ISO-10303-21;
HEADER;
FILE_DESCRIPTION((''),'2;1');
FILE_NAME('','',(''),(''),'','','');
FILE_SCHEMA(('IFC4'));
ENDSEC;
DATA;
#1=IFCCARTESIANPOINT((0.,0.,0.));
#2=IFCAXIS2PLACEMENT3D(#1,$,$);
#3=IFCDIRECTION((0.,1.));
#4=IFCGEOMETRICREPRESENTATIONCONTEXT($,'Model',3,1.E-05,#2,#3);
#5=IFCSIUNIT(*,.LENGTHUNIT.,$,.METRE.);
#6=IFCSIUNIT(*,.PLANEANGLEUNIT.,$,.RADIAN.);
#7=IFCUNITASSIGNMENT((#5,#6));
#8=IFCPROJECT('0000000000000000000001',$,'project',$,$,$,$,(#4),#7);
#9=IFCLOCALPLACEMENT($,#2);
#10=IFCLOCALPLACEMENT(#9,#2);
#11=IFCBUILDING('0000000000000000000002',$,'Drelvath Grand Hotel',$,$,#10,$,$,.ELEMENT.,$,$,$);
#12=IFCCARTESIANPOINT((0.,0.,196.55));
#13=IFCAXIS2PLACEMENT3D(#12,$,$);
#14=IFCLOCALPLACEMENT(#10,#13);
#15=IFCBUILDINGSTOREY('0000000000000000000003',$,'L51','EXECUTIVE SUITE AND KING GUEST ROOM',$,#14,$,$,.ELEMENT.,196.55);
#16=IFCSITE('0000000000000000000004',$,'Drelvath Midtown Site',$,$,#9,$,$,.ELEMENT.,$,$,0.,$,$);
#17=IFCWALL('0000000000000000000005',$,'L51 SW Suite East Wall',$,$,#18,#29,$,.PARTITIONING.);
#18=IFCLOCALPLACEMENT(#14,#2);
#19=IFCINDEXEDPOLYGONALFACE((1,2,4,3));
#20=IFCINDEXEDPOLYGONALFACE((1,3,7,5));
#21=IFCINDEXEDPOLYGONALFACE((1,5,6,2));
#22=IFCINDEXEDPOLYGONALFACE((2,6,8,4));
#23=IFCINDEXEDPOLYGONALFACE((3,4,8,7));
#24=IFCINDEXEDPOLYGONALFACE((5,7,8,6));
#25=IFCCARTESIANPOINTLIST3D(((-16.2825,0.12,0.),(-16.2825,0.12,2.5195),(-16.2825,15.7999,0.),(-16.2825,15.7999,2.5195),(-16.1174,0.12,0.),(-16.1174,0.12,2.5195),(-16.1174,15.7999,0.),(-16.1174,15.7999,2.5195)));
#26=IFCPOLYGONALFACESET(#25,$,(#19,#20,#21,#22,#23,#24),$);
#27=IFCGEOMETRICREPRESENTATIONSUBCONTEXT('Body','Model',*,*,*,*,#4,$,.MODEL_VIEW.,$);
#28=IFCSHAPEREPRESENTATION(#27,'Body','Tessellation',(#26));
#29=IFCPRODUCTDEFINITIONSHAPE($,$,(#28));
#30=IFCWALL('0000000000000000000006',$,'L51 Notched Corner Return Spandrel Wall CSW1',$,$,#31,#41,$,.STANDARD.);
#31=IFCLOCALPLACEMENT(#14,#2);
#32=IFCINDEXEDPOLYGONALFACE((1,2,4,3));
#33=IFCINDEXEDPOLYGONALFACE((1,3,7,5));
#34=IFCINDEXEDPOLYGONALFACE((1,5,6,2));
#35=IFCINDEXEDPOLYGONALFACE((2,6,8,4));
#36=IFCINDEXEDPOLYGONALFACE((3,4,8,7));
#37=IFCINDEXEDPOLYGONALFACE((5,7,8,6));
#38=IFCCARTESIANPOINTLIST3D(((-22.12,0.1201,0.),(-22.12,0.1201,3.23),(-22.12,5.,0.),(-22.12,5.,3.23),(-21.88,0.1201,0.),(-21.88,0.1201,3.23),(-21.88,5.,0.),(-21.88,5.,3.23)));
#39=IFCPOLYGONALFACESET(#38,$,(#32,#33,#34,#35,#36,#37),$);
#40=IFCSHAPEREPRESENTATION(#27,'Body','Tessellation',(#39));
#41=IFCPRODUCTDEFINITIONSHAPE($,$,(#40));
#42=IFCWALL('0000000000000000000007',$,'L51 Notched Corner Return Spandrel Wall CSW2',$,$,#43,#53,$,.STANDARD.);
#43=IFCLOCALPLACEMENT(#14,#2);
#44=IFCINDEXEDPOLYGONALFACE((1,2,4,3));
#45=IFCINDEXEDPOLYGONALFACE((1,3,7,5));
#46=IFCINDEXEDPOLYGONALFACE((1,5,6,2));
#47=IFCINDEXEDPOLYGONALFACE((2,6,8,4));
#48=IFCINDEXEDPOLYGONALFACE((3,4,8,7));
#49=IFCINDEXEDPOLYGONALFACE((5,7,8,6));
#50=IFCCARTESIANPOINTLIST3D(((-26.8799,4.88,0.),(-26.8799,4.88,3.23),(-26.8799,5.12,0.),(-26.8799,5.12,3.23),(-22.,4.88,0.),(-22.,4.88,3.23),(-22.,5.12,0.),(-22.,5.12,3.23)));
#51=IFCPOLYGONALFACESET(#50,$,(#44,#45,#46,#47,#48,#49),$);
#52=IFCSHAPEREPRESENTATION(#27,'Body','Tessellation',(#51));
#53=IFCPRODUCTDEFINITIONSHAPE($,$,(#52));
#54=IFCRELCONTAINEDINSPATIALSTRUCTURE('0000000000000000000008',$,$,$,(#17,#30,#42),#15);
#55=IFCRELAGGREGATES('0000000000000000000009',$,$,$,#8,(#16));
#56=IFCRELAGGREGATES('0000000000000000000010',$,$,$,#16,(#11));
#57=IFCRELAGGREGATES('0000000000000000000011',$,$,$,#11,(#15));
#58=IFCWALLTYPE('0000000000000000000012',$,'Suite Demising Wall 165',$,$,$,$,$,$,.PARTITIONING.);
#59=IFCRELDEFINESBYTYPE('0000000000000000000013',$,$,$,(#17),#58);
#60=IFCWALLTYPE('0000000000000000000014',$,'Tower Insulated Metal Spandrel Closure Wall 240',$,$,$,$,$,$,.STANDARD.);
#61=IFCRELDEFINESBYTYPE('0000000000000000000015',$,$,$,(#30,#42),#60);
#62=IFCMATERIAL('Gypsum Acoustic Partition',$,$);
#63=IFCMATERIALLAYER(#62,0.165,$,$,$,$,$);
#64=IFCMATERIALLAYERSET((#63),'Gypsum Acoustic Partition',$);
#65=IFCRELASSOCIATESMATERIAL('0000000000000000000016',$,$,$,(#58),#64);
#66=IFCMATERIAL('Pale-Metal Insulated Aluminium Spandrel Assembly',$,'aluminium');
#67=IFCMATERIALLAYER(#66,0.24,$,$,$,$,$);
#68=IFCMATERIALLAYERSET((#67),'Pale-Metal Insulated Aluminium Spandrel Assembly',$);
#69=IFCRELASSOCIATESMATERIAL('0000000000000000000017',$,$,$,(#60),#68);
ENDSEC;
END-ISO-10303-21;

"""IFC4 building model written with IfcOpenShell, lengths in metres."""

from ifc_helpers import new_model, si_unit, direction, frame, frame_2d, origin, place, context, subcontext, project, spatial, rectangle, extrude, material, layer, layer_set, type_object, element, save


model = new_model("IFC4")

# Units and contexts
model_context = context("Model", 3, precision=1e-05, world=origin(), true_north=direction((0.0, 1.0)))
body_context = subcontext(model_context, "Body", "Model", "MODEL_VIEW")
ifc_project = project(units=[si_unit("LENGTHUNIT", "METRE"), si_unit("PLANEANGLEUNIT", "RADIAN")], contexts=[model_context])

# Site, building, storey
site_placement = place(None, origin())
site = spatial("IfcSite", under=ifc_project, at=site_placement, Name="Drelvath Midtown Site", CompositionType="ELEMENT", RefElevation=0.0)
building_placement = place(site_placement, origin())
building = spatial("IfcBuilding", under=site, at=building_placement, Name="Drelvath Grand Hotel", CompositionType="ELEMENT")
storey_placement = place(building_placement, frame((0.0, 0.0, 196.55)))
storey = spatial("IfcBuildingStorey", under=building, at=storey_placement, Name="L51", Description="EXECUTIVE SUITE AND KING GUEST ROOM", CompositionType="ELEMENT", Elevation=196.55)

# Walls
ifc_material_1 = material(Name="Gypsum Acoustic Partition")
ifc_layer_1 = layer(ifc_material_1, 0.165)
ifc_layer_set_1 = layer_set([ifc_layer_1], Name="Gypsum Acoustic Partition")
wall_type_1 = type_object("IfcWallType", Name="Suite Demising Wall 165", PredefinedType="PARTITIONING", material=ifc_layer_set_1)
wall_placement = place(storey_placement, frame((-16.2, 0.1201, 0.0), z_axis=(0.0, 0.0, 1.0), x_axis=(0.0, 1.0, 0.0)))
element("IfcWall", 1, at=wall_placement, inside=storey, type_object=wall_type_1, Name="L51 SW Suite East Wall", PredefinedType="PARTITIONING", context=body_context, shape_type="SweptSolid", body=[
    extrude(rectangle(XDim=15.6799, YDim=0.165, at=frame_2d((7.8398, 0.0))), origin(), (0.0, 0.0, 1.0), 2.5195),
])
ifc_material_2 = material(Name="Pale-Metal Insulated Aluminium Spandrel Assembly", Category="aluminium")
ifc_layer_2 = layer(ifc_material_2, 0.24)
ifc_layer_set_2 = layer_set([ifc_layer_2], Name="Pale-Metal Insulated Aluminium Spandrel Assembly")
wall_type_2 = type_object("IfcWallType", Name="Tower Insulated Metal Spandrel Closure Wall 240", PredefinedType="STANDARD", material=ifc_layer_set_2)
for number, where, z_axis, x_axis, name in (
    (2, (-22.0, 0.1201, 0.0), (0.0, 0.0, 1.0), (0.0, 1.0, 0.0), "L51 Notched Corner Return Spandrel Wall CSW1"),
    (3, (-22.0, 5.0, 0.0), (0.0, 0.0, 1.0), (-1.0, 0.0, 0.0), "L51 Notched Corner Return Spandrel Wall CSW2"),
):
    element("IfcWall", number, at=place(storey_placement, frame(where, z_axis=z_axis, x_axis=x_axis)), inside=storey, type_object=wall_type_2, Name=name, PredefinedType="STANDARD", context=body_context, shape_type="SweptSolid", body=[
        extrude(rectangle(XDim=4.8799, YDim=0.24, at=frame_2d((2.4399, 0.0))), origin(), (0.0, 0.0, 1.0), 3.23),
    ])

save(model, "model.ifc")
